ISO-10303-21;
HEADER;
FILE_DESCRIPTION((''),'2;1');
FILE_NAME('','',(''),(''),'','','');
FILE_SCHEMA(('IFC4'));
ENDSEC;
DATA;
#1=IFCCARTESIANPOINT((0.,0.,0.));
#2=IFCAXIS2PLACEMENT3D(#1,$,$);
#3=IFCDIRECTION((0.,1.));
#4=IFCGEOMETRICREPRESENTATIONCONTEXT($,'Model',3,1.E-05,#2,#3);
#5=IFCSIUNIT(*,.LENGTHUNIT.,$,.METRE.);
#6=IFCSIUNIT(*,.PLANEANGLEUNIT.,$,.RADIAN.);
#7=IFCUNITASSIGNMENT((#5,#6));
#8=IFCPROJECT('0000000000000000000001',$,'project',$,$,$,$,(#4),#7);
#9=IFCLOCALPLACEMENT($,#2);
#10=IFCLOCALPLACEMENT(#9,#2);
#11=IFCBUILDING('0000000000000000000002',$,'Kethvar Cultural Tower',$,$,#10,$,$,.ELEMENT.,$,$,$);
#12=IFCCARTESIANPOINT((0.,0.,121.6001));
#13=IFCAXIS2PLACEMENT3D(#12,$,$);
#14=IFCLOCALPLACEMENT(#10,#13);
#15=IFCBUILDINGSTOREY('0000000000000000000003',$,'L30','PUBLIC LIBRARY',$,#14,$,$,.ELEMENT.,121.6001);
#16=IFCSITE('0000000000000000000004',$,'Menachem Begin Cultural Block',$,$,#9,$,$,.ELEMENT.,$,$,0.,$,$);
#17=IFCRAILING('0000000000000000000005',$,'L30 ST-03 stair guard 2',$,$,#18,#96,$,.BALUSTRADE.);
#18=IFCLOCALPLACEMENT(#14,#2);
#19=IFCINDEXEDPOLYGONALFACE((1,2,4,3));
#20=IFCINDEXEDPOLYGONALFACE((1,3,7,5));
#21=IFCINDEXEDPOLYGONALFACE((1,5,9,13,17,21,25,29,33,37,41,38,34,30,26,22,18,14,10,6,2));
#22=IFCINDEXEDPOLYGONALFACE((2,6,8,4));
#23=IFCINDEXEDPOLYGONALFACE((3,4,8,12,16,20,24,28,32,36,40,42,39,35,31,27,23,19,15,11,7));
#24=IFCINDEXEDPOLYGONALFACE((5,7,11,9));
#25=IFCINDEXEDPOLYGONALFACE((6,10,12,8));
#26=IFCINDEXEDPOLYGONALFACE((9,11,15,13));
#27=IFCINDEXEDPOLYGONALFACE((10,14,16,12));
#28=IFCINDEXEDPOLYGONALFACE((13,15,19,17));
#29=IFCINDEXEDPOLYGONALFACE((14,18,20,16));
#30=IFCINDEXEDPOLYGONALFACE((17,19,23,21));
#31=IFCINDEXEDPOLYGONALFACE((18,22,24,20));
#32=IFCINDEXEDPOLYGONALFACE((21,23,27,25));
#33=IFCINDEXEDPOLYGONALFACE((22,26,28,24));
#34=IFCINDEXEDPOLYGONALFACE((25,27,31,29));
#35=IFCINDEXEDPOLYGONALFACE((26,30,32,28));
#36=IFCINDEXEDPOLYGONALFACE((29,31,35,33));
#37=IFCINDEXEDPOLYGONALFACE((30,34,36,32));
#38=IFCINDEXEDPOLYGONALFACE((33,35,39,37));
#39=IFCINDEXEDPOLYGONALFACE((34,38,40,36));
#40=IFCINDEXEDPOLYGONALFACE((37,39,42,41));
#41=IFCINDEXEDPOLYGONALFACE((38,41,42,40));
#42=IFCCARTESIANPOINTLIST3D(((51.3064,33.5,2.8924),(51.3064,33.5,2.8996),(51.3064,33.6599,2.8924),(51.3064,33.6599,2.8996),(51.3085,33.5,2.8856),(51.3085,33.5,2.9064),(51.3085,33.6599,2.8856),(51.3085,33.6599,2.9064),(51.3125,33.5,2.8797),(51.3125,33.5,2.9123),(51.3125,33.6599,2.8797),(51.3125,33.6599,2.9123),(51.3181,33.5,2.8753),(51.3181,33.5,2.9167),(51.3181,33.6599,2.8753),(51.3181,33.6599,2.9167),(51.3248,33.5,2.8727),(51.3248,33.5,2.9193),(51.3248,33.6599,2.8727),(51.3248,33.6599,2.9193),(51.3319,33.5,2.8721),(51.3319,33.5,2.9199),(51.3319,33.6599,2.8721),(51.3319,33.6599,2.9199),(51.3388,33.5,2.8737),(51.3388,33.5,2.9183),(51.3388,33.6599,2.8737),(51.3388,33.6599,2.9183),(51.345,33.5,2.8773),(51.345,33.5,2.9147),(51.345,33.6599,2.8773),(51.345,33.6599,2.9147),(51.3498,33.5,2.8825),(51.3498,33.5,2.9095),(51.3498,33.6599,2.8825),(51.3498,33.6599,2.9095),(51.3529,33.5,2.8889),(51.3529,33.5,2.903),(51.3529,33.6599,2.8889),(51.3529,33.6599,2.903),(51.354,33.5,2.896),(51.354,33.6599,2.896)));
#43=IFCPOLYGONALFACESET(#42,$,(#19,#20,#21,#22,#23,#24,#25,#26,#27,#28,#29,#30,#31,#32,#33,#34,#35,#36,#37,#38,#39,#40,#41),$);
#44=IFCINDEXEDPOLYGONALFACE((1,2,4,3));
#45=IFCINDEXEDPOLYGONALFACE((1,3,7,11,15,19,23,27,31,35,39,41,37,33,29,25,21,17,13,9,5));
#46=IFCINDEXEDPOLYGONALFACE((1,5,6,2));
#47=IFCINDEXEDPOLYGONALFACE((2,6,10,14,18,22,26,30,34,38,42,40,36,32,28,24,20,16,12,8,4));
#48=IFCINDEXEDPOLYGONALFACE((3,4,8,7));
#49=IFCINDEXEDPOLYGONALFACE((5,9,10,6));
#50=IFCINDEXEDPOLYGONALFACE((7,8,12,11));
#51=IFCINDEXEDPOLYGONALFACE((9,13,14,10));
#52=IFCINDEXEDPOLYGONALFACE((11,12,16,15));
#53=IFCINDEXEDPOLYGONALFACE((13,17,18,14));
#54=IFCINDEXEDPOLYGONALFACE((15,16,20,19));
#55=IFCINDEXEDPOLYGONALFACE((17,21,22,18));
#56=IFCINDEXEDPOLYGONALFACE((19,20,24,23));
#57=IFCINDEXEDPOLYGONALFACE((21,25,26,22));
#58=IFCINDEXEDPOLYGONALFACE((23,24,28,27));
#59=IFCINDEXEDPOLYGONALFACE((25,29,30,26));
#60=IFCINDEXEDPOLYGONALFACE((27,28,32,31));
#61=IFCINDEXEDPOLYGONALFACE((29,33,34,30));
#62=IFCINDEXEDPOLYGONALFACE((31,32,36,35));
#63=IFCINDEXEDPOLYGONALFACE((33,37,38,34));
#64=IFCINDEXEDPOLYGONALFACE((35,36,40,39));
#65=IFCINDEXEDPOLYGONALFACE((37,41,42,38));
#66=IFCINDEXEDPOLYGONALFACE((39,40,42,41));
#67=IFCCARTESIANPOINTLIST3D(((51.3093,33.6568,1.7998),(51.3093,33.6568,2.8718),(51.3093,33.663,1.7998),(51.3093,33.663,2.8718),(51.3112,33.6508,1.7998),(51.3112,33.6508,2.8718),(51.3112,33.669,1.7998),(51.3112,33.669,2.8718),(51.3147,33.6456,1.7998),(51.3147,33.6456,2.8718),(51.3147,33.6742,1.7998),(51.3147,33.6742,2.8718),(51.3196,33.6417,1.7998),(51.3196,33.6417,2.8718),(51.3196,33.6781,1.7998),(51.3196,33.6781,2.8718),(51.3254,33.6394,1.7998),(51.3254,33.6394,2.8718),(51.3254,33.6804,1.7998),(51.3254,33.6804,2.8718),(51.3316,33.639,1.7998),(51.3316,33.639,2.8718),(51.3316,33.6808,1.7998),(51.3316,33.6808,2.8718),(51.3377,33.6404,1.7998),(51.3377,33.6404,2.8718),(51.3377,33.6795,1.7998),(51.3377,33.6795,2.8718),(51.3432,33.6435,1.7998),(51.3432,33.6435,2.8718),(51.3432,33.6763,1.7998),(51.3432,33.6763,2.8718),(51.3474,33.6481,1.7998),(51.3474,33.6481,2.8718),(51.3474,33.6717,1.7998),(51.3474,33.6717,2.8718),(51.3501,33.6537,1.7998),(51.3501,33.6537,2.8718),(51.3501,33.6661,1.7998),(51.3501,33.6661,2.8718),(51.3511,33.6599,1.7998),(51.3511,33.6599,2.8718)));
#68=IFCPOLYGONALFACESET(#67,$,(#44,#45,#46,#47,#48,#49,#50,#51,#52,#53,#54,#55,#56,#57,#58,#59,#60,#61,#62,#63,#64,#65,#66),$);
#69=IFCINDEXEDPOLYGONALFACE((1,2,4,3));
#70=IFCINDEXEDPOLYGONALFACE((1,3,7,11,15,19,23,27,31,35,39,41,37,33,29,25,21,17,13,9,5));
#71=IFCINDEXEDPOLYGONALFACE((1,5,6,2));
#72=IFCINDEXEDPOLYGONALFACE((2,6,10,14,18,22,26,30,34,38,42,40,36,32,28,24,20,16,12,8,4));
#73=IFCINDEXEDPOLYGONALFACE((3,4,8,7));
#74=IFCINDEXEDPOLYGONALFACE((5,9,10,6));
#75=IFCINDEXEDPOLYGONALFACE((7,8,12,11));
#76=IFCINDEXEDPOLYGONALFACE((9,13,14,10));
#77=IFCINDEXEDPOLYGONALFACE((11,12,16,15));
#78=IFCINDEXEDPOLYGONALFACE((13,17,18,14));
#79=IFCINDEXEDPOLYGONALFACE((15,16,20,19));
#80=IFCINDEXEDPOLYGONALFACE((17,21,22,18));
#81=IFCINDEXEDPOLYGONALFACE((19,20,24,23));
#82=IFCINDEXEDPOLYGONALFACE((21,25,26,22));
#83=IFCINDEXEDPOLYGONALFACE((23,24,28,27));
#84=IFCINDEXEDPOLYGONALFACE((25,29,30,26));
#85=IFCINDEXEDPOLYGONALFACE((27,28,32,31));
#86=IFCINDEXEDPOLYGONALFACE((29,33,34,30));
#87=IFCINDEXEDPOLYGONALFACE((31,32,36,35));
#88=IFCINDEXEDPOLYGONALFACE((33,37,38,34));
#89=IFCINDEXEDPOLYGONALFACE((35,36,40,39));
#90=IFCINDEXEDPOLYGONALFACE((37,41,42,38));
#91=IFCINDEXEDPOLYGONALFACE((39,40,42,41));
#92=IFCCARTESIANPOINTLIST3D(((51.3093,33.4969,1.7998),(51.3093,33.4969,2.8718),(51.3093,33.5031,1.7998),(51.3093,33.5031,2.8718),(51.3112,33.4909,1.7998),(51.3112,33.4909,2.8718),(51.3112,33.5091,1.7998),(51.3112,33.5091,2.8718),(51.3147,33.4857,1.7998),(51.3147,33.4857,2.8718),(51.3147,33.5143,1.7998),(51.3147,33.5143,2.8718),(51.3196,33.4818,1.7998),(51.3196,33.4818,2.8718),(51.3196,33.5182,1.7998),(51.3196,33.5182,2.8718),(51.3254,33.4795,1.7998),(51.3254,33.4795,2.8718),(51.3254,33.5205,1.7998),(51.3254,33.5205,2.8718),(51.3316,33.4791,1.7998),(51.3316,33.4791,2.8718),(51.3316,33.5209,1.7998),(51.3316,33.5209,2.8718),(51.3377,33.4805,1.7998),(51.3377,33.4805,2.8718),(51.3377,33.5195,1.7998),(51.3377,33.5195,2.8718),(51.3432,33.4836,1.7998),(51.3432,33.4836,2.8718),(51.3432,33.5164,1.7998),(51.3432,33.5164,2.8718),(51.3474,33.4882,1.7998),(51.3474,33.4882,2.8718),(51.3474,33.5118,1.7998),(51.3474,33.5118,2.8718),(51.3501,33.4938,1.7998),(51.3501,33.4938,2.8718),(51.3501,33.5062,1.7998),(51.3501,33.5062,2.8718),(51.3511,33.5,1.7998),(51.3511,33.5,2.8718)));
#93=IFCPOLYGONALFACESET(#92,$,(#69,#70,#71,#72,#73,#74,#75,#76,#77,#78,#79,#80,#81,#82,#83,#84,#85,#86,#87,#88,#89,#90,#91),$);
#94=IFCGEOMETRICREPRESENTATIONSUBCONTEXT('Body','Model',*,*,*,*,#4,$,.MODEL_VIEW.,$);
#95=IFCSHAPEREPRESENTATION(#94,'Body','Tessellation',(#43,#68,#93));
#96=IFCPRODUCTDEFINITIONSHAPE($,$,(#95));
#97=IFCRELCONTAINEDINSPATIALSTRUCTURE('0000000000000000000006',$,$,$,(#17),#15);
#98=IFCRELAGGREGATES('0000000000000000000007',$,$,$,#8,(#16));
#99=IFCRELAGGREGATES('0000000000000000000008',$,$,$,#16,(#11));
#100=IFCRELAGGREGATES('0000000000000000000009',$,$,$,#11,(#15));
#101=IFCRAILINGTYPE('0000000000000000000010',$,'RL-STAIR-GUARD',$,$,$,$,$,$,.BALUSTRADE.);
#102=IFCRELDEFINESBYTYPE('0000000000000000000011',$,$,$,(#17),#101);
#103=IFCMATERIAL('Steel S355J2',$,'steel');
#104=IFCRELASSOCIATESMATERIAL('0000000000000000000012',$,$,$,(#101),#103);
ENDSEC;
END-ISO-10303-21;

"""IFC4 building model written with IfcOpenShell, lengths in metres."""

from ifc_helpers import new_model, si_unit, direction, frame, origin, origin_2d, place, context, subcontext, project, spatial, circle, extrude, material, type_object, element, save


model = new_model("IFC4")

# Units and contexts
model_context = context("Model", 3, precision=1e-05, world=origin(), true_north=direction((0.0, 1.0)))
body_context = subcontext(model_context, "Body", "Model", "MODEL_VIEW")
ifc_project = project(units=[si_unit("LENGTHUNIT", "METRE"), si_unit("PLANEANGLEUNIT", "RADIAN")], contexts=[model_context])

# Site, building, storey
site_placement = place(None, origin())
site = spatial("IfcSite", under=ifc_project, at=site_placement, Name="Menachem Begin Cultural Block", CompositionType="ELEMENT", RefElevation=0.0)
building_placement = place(site_placement, origin())
building = spatial("IfcBuilding", under=site, at=building_placement, Name="Kethvar Cultural Tower", CompositionType="ELEMENT")
storey_placement = place(building_placement, frame((0.0, 0.0, 121.6001)))
storey = spatial("IfcBuildingStorey", under=building, at=storey_placement, Name="L30", Description="PUBLIC LIBRARY", CompositionType="ELEMENT", Elevation=121.6001)

# Shared definitions
ifc_material_1 = material(Name="Steel S355J2", Category="steel")

# Railing
railing_type_1 = type_object("IfcRailingType", Name="RL-STAIR-GUARD", PredefinedType="BALUSTRADE", material=ifc_material_1)
railing_1_placement = place(storey_placement, frame((51.3301, 33.6599, 1.7998)))
element("IfcRailing", 1, at=railing_1_placement, inside=storey, type_object=railing_type_1, Name="L30 ST-03 stair guard 2", PredefinedType="BALUSTRADE", context=body_context, shape_type="SweptSolid", body=[
    extrude(circle(Radius=0.0239, at=origin_2d()), frame((0.0, 0.0, 1.0962), z_axis=(0.0, -1.0, 0.0), x_axis=(1.0, 0.0, 0.0)), (0.0, 0.0, 1.0), 0.1599),
    extrude(circle(Radius=0.021, at=origin_2d()), origin(), (0.0, 0.0, 1.0), 1.072),
    extrude(circle(Radius=0.021, at=origin_2d()), frame((0.0, -0.1599, 0.0)), (0.0, 0.0, 1.0), 1.072),
])

save(model, "model.ifc")
